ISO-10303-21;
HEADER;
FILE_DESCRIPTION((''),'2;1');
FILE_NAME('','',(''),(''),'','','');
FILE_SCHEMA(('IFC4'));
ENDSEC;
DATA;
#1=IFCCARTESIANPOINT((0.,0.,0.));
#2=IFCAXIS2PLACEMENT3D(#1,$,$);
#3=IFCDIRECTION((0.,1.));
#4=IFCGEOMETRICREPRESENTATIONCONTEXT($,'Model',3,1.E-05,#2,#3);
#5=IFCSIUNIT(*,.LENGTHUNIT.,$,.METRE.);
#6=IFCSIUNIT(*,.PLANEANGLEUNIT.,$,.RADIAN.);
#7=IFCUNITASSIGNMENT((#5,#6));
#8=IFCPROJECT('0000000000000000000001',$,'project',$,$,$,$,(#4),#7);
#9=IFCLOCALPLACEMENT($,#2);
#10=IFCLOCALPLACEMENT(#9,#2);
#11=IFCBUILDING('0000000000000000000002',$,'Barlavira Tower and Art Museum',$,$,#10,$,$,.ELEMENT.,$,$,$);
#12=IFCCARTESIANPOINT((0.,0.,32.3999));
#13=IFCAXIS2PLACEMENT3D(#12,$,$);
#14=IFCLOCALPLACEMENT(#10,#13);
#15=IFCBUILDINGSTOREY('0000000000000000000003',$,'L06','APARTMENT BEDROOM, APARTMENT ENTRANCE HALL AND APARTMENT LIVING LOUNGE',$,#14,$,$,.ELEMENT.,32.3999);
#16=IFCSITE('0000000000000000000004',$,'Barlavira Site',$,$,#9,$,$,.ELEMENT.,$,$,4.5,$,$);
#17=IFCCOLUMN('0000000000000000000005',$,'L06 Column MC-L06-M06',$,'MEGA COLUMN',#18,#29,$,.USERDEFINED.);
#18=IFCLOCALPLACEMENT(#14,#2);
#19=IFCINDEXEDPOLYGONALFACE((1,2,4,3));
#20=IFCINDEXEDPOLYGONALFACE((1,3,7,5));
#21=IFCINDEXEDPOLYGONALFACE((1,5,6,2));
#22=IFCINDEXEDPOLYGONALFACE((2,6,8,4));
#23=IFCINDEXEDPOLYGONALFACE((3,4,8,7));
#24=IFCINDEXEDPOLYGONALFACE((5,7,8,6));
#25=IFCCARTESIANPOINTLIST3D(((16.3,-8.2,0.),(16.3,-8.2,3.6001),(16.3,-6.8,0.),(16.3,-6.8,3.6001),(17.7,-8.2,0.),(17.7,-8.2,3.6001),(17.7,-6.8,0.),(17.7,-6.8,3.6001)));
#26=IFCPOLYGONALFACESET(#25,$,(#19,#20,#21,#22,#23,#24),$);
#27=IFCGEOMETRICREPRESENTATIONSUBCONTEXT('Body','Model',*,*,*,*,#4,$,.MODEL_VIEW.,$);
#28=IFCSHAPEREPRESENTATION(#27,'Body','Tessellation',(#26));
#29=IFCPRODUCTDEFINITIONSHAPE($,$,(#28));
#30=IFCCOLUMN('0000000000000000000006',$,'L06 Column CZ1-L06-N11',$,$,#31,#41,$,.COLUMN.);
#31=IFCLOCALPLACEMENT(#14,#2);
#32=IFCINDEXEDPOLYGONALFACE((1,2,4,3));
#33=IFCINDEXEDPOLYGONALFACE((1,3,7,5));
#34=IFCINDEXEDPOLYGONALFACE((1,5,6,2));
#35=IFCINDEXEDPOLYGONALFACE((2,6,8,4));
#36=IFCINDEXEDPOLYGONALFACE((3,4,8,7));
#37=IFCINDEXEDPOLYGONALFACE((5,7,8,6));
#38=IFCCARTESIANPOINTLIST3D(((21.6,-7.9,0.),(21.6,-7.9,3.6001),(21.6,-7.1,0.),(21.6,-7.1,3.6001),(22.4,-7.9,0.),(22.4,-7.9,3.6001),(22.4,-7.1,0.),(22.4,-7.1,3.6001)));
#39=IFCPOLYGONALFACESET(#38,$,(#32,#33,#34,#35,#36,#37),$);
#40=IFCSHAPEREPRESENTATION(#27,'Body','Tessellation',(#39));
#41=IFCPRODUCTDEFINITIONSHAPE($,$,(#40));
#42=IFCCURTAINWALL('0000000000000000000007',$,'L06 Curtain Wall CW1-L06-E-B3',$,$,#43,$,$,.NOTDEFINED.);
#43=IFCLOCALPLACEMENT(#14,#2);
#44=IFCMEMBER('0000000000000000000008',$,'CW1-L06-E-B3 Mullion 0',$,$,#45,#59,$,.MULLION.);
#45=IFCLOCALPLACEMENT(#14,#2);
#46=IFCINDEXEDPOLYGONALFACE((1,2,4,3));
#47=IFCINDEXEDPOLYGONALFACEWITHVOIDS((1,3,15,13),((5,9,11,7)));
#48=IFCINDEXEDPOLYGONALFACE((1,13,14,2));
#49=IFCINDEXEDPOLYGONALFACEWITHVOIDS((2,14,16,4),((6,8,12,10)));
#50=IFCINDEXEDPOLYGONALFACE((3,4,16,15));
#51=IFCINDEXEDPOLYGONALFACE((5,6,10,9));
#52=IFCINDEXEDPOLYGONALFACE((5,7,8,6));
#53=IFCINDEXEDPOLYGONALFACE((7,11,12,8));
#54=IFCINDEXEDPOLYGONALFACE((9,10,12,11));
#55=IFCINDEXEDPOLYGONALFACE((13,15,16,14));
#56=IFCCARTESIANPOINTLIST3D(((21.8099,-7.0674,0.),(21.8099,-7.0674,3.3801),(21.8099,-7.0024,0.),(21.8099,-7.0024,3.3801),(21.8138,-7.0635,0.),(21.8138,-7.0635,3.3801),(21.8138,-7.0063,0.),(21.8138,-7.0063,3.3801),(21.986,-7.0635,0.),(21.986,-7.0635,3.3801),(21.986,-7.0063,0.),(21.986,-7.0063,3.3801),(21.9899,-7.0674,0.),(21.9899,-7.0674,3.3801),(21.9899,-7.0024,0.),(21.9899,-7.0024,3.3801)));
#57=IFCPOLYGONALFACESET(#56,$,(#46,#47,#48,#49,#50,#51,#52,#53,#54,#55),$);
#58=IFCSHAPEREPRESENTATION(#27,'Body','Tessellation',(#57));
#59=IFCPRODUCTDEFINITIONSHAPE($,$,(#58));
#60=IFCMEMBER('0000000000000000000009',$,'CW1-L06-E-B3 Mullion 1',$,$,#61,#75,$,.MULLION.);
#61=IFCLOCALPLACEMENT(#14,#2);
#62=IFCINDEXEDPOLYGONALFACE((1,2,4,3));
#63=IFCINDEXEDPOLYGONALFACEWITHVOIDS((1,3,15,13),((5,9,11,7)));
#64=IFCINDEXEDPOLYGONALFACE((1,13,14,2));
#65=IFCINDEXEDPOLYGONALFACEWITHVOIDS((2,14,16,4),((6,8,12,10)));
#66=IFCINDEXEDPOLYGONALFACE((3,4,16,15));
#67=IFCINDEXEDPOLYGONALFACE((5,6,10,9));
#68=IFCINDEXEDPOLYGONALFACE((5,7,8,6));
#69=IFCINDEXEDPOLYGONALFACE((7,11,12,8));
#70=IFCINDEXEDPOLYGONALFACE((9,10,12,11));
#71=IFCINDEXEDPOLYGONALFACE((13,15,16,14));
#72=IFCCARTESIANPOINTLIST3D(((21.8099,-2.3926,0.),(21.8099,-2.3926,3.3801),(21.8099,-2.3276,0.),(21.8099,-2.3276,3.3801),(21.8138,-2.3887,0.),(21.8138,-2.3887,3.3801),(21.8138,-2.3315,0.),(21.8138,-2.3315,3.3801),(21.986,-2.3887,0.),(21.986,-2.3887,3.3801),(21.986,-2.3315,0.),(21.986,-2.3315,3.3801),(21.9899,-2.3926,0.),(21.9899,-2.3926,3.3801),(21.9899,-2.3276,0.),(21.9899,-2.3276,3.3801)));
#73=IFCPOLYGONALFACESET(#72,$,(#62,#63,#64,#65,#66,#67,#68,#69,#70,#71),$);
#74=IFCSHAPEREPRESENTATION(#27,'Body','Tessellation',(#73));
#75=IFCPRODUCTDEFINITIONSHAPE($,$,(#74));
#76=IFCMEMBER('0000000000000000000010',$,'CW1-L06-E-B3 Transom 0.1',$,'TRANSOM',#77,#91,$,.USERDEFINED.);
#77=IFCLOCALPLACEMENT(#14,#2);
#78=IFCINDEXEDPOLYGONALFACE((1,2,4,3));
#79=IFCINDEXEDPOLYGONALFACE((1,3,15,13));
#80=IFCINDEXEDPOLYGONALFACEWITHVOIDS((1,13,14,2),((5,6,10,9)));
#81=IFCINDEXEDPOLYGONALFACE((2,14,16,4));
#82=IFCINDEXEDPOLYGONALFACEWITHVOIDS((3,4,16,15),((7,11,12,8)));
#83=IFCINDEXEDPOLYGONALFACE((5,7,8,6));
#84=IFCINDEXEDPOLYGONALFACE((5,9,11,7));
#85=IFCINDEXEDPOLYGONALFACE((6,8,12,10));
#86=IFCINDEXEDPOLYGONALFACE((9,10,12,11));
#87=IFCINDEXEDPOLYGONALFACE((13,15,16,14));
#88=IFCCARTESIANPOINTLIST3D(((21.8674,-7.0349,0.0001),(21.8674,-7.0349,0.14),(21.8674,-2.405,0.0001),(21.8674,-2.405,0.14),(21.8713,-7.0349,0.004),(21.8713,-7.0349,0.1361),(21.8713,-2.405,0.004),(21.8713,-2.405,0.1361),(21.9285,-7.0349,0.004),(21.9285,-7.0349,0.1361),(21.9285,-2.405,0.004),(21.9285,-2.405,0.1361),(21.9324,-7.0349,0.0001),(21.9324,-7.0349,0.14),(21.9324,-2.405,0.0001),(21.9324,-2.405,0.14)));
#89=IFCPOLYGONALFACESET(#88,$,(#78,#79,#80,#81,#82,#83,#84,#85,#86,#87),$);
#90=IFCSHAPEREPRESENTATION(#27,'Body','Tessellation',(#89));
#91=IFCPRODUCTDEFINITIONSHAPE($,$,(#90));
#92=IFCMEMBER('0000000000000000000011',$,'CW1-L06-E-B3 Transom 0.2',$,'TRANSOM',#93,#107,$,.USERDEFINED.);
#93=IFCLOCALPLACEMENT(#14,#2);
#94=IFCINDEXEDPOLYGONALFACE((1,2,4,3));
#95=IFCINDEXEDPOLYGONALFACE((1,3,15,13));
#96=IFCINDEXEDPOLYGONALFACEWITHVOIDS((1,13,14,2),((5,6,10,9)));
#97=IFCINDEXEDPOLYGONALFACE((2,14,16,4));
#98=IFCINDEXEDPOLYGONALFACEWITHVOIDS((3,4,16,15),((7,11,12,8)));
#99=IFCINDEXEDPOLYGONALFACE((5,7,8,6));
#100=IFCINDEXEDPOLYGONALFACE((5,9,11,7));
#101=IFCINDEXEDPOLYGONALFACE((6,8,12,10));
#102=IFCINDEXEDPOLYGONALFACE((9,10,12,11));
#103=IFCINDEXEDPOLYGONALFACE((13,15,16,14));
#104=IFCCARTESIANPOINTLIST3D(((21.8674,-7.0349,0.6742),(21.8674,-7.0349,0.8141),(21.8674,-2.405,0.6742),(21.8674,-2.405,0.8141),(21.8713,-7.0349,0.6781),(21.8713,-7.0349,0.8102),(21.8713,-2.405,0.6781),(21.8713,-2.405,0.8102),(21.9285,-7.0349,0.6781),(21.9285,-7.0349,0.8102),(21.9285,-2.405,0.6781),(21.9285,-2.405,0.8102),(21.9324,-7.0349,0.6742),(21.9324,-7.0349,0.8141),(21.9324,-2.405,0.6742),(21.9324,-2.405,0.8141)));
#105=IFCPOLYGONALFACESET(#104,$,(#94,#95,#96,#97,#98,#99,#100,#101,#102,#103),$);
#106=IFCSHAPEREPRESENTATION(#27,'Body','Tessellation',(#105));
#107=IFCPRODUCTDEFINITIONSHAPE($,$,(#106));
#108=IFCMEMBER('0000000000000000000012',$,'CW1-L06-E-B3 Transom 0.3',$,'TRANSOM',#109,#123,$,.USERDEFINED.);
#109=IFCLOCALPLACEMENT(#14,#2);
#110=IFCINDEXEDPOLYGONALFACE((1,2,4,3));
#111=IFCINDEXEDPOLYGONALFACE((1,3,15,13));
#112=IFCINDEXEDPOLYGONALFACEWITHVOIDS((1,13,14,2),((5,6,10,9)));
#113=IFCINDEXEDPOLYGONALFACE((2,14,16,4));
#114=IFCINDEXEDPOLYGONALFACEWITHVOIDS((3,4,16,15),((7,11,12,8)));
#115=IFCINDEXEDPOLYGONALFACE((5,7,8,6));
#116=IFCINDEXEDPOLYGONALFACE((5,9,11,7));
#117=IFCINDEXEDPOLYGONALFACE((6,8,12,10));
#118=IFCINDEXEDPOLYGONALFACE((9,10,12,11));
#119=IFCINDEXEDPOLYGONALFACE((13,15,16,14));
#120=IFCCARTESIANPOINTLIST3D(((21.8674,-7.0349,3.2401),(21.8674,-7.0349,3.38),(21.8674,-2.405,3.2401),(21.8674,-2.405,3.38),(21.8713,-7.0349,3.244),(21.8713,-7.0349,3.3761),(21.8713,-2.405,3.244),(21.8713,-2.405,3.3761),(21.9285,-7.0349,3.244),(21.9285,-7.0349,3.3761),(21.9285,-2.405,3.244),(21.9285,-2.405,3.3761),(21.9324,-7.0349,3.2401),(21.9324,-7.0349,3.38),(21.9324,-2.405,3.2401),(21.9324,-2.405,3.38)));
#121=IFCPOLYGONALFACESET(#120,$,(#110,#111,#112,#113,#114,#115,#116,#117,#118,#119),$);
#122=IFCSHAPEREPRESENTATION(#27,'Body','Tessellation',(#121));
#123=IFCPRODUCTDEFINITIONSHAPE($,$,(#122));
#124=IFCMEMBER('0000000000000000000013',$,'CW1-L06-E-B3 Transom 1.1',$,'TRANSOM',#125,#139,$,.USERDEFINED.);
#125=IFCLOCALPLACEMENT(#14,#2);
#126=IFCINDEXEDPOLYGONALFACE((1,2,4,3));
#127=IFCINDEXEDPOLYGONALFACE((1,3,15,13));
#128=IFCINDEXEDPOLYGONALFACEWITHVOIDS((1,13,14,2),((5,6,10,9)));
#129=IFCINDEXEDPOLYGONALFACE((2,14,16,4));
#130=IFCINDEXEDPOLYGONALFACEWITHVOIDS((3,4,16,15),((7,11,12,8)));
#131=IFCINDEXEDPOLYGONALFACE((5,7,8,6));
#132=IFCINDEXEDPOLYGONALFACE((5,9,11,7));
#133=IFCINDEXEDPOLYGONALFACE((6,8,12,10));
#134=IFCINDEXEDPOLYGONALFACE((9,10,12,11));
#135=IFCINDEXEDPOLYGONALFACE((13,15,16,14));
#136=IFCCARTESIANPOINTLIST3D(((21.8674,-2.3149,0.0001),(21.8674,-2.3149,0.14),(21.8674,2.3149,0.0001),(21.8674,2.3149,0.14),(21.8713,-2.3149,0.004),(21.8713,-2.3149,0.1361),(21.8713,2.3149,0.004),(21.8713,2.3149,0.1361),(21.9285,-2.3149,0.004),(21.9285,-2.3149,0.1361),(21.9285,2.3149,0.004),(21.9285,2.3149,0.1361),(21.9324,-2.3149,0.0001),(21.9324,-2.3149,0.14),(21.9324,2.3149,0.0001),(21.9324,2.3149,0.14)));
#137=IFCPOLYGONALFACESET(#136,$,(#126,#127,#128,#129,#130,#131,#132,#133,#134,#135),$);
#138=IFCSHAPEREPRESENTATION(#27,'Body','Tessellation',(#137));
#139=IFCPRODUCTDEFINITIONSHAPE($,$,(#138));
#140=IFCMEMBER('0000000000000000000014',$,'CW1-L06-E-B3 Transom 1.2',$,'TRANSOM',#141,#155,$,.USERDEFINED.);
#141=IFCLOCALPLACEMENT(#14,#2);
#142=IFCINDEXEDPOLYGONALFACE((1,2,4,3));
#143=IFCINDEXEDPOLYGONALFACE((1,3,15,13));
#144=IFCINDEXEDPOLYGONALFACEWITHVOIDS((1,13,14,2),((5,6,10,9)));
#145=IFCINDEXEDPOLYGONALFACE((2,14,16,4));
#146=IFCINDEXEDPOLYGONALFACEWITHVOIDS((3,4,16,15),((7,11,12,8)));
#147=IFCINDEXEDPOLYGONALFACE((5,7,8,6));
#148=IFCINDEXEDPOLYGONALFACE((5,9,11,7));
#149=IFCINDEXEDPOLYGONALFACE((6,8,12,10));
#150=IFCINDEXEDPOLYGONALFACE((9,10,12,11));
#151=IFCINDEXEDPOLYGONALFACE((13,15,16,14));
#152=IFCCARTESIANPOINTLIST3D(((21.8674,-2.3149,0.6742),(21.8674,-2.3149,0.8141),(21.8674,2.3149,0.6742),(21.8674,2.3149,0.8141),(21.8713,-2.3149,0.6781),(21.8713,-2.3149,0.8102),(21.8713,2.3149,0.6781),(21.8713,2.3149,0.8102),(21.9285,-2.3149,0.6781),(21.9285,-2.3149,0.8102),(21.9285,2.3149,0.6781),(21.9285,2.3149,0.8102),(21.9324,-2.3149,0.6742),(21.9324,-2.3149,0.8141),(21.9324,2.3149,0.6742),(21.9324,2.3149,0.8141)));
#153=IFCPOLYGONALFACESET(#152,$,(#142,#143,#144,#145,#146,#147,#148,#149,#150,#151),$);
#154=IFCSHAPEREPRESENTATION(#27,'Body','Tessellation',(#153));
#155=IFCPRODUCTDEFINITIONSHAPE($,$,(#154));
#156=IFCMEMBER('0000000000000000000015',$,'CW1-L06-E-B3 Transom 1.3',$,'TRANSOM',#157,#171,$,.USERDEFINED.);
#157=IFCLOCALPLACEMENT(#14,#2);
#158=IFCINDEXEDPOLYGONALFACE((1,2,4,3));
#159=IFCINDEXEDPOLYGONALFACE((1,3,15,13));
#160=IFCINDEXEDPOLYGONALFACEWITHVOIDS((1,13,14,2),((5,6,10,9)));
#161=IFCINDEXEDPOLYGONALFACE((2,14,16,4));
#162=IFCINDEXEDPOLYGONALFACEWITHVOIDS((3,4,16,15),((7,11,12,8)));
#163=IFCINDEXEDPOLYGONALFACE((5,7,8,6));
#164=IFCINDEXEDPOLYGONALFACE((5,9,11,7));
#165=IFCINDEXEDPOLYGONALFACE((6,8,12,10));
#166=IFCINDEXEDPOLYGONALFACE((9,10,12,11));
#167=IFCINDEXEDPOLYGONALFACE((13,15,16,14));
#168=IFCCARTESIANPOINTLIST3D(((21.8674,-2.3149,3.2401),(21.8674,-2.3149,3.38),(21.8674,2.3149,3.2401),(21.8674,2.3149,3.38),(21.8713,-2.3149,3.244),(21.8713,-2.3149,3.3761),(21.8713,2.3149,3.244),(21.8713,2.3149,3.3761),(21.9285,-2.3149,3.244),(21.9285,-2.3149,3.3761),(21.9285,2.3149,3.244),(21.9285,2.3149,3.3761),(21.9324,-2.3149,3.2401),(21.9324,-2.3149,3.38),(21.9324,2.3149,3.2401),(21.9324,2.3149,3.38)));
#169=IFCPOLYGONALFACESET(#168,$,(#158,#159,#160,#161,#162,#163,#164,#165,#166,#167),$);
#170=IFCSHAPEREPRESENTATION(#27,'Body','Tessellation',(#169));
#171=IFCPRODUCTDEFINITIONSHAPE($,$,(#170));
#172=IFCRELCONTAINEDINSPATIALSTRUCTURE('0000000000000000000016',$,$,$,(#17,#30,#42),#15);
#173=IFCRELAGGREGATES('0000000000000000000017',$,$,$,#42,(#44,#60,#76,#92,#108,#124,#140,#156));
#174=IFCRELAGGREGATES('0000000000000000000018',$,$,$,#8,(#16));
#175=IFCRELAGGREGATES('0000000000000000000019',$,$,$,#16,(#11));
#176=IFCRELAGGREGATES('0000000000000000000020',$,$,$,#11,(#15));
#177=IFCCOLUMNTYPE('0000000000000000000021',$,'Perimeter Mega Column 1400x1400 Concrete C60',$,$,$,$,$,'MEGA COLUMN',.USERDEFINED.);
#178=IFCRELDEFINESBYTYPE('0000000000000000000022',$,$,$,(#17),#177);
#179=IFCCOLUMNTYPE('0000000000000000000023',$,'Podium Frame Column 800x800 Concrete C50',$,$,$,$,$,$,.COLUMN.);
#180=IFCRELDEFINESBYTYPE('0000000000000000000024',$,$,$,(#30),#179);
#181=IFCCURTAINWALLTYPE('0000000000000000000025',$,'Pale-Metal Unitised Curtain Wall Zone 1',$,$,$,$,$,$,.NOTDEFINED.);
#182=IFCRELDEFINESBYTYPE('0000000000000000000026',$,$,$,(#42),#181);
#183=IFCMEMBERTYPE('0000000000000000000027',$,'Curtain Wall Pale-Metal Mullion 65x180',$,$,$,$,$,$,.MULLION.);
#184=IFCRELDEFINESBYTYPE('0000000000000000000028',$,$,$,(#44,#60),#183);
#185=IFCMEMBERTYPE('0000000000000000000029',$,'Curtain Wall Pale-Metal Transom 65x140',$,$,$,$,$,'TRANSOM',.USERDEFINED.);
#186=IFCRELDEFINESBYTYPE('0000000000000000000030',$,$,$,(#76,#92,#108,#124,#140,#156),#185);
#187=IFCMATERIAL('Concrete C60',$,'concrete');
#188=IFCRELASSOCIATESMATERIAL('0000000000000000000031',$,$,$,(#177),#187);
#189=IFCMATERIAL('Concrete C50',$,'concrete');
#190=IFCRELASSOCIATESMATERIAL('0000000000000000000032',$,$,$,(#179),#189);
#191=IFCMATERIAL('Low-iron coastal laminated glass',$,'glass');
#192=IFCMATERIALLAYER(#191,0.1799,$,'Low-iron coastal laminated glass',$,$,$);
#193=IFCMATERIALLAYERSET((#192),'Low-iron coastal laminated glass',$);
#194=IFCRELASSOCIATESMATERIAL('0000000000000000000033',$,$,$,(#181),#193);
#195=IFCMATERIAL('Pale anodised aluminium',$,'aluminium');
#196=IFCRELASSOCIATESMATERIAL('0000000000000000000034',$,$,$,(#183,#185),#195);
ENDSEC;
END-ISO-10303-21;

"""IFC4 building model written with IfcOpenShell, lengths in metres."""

from ifc_helpers import new_model, si_unit, direction, frame, origin, origin_2d, place, context, subcontext, project, spatial, rectangle, hollow_rectangle, extrude, material, layer, layer_set, material_profile, profile_set, type_object, element, aggregate, save


model = new_model("IFC4")

# Units and contexts
model_context = context("Model", 3, precision=1e-05, world=origin(), true_north=direction((0.0, 1.0)))
body_context = subcontext(model_context, "Body", "Model", "MODEL_VIEW")
ifc_project = project(units=[si_unit("LENGTHUNIT", "METRE"), si_unit("PLANEANGLEUNIT", "RADIAN")], contexts=[model_context])

# Site, building, storey
site_placement = place(None, origin())
site = spatial("IfcSite", under=ifc_project, at=site_placement, Name="Barlavira Site", CompositionType="ELEMENT", RefElevation=4.5)
building_placement = place(site_placement, origin())
building = spatial("IfcBuilding", under=site, at=building_placement, Name="Barlavira Tower and Art Museum", CompositionType="ELEMENT")
storey_placement = place(building_placement, frame((0.0, 0.0, 32.3999)))
storey = spatial("IfcBuildingStorey", under=building, at=storey_placement, Name="L06", Description="APARTMENT BEDROOM, APARTMENT ENTRANCE HALL AND APARTMENT LIVING LOUNGE", CompositionType="ELEMENT", Elevation=32.3999)

# Columns
ifc_material_1 = material(Name="Concrete C60", Category="concrete")
ifc_material_profile_1 = material_profile(ifc_material_1, rectangle(XDim=1.3999, YDim=1.3999, at=origin_2d()), Name="RC-MCOL 1400x1400")
ifc_profile_set_1 = profile_set([ifc_material_profile_1], Name="Concrete C60")
column_type_1 = type_object("IfcColumnType", Name="Perimeter Mega Column 1400x1400 Concrete C60", ElementType="MEGA COLUMN", PredefinedType="USERDEFINED", material=ifc_profile_set_1)
column_1_placement = place(storey_placement, frame((17.0, -7.5, 0.0), z_axis=(0.0, 0.0, 1.0), x_axis=(1.0, 0.0, 0.0)))
element("IfcColumn", 1, at=column_1_placement, inside=storey, type_object=column_type_1, Name="L06 Column MC-L06-M06", ObjectType="MEGA COLUMN", PredefinedType="USERDEFINED", context=body_context, shape_type="SweptSolid", body=[
    extrude(rectangle(XDim=1.3999, YDim=1.3999, at=origin_2d()), origin(), (0.0, 0.0, 1.0), 3.6001),
])
ifc_material_2 = material(Name="Concrete C50", Category="concrete")
ifc_material_profile_2 = material_profile(ifc_material_2, rectangle(XDim=0.8, YDim=0.8, at=origin_2d()), Name="RC-COL 800x800")
ifc_profile_set_2 = profile_set([ifc_material_profile_2], Name="Concrete C50")
column_type_2 = type_object("IfcColumnType", Name="Podium Frame Column 800x800 Concrete C50", PredefinedType="COLUMN", material=ifc_profile_set_2)
column_2_placement = place(storey_placement, frame((22.0, -7.5, 0.0), z_axis=(0.0, 0.0, 1.0), x_axis=(1.0, 0.0, 0.0)))
element("IfcColumn", 2, at=column_2_placement, inside=storey, type_object=column_type_2, Name="L06 Column CZ1-L06-N11", PredefinedType="COLUMN", context=body_context, shape_type="SweptSolid", body=[
    extrude(rectangle(XDim=0.8, YDim=0.8, at=origin_2d()), origin(), (0.0, 0.0, 1.0), 3.6001),
])

# Curtain wall, members
ifc_material_3 = material(Name="Low-iron coastal laminated glass", Category="glass")
ifc_layer_1 = layer(ifc_material_3, 0.1799, Name="Low-iron coastal laminated glass")
ifc_layer_set_1 = layer_set([ifc_layer_1], Name="Low-iron coastal laminated glass")
curtain_wall_type = type_object("IfcCurtainWallType", Name="Pale-Metal Unitised Curtain Wall Zone 1", PredefinedType="NOTDEFINED", material=ifc_layer_set_1)
curtain_wall_placement = place(storey_placement, origin())
curtain_wall = element("IfcCurtainWall", 3, at=curtain_wall_placement, inside=storey, type_object=curtain_wall_type, Name="L06 Curtain Wall CW1-L06-E-B3", PredefinedType="NOTDEFINED")
ifc_material_4 = material(Name="Pale anodised aluminium", Category="aluminium")
ifc_material_profile_3 = material_profile(ifc_material_4, hollow_rectangle(XDim=0.0649, YDim=0.1799, WallThickness=0.0039, at=origin_2d()), Name="ALU-MULL 65x180x4")
ifc_profile_set_3 = profile_set([ifc_material_profile_3], Name="Pale anodised aluminium")
member_type_1 = type_object("IfcMemberType", Name="Curtain Wall Pale-Metal Mullion 65x180", PredefinedType="MULLION", material=ifc_profile_set_3)
member_1_placement = place(storey_placement, frame((21.8999, -7.0349, 0.0), z_axis=(0.0, 0.0, 1.0), x_axis=(0.0, 1.0, 0.0)))
member_1 = element("IfcMember", 4, at=member_1_placement, type_object=member_type_1, Name="CW1-L06-E-B3 Mullion 0", PredefinedType="MULLION", context=body_context, shape_type="SweptSolid", body=[
    extrude(hollow_rectangle(XDim=0.0649, YDim=0.1799, WallThickness=0.0039, at=origin_2d()), origin(), (0.0, 0.0, 1.0), 3.3801),
])
member_2_placement = place(storey_placement, frame((21.8999, -2.3601, 0.0), z_axis=(0.0, 0.0, 1.0), x_axis=(0.0, 1.0, 0.0)))
member_2 = element("IfcMember", 5, at=member_2_placement, type_object=member_type_1, Name="CW1-L06-E-B3 Mullion 1", PredefinedType="MULLION", context=body_context, shape_type="SweptSolid", body=[
    extrude(hollow_rectangle(XDim=0.0649, YDim=0.1799, WallThickness=0.0039, at=origin_2d()), origin(), (0.0, 0.0, 1.0), 3.3801),
])
ifc_material_profile_4 = material_profile(ifc_material_4, hollow_rectangle(XDim=0.0649, YDim=0.1399, WallThickness=0.0039, at=origin_2d()), Name="ALU-TRAN 65x140x4")
ifc_profile_set_4 = profile_set([ifc_material_profile_4], Name="Pale anodised aluminium")
member_type_2 = type_object("IfcMemberType", Name="Curtain Wall Pale-Metal Transom 65x140", ElementType="TRANSOM", PredefinedType="USERDEFINED", material=ifc_profile_set_4)
member_3_placement = place(storey_placement, frame((21.8999, -7.0349, 0.0701), z_axis=(0.0, 1.0, 0.0), x_axis=(-1.0, 0.0, 0.0)))
member_3 = element("IfcMember", 6, at=member_3_placement, type_object=member_type_2, Name="CW1-L06-E-B3 Transom 0.1", ObjectType="TRANSOM", PredefinedType="USERDEFINED", context=body_context, shape_type="SweptSolid", body=[
    extrude(hollow_rectangle(XDim=0.0649, YDim=0.1399, WallThickness=0.0039, at=origin_2d()), origin(), (0.0, 0.0, 1.0), 4.6299),
])
member_4_placement = place(storey_placement, frame((21.8999, -7.0349, 0.7441), z_axis=(0.0, 1.0, 0.0), x_axis=(-1.0, 0.0, 0.0)))
member_4 = element("IfcMember", 7, at=member_4_placement, type_object=member_type_2, Name="CW1-L06-E-B3 Transom 0.2", ObjectType="TRANSOM", PredefinedType="USERDEFINED", context=body_context, shape_type="SweptSolid", body=[
    extrude(hollow_rectangle(XDim=0.0649, YDim=0.1399, WallThickness=0.0039, at=origin_2d()), origin(), (0.0, 0.0, 1.0), 4.6299),
])
member_5_placement = place(storey_placement, frame((21.8999, -7.0349, 3.3101), z_axis=(0.0, 1.0, 0.0), x_axis=(-1.0, 0.0, 0.0)))
member_5 = element("IfcMember", 8, at=member_5_placement, type_object=member_type_2, Name="CW1-L06-E-B3 Transom 0.3", ObjectType="TRANSOM", PredefinedType="USERDEFINED", context=body_context, shape_type="SweptSolid", body=[
    extrude(hollow_rectangle(XDim=0.0649, YDim=0.1399, WallThickness=0.0039, at=origin_2d()), origin(), (0.0, 0.0, 1.0), 4.6299),
])
member_6_placement = place(storey_placement, frame((21.8999, -2.3149, 0.0701), z_axis=(0.0, 1.0, 0.0), x_axis=(-1.0, 0.0, 0.0)))
member_6 = element("IfcMember", 9, at=member_6_placement, type_object=member_type_2, Name="CW1-L06-E-B3 Transom 1.1", ObjectType="TRANSOM", PredefinedType="USERDEFINED", context=body_context, shape_type="SweptSolid", body=[
    extrude(hollow_rectangle(XDim=0.0649, YDim=0.1399, WallThickness=0.0039, at=origin_2d()), origin(), (0.0, 0.0, 1.0), 4.6299),
])
member_7_placement = place(storey_placement, frame((21.8999, -2.3149, 0.7441), z_axis=(0.0, 1.0, 0.0), x_axis=(-1.0, 0.0, 0.0)))
member_7 = element("IfcMember", 10, at=member_7_placement, type_object=member_type_2, Name="CW1-L06-E-B3 Transom 1.2", ObjectType="TRANSOM", PredefinedType="USERDEFINED", context=body_context, shape_type="SweptSolid", body=[
    extrude(hollow_rectangle(XDim=0.0649, YDim=0.1399, WallThickness=0.0039, at=origin_2d()), origin(), (0.0, 0.0, 1.0), 4.6299),
])
member_8_placement = place(storey_placement, frame((21.8999, -2.3149, 3.3101), z_axis=(0.0, 1.0, 0.0), x_axis=(-1.0, 0.0, 0.0)))
member_8 = element("IfcMember", 11, at=member_8_placement, type_object=member_type_2, Name="CW1-L06-E-B3 Transom 1.3", ObjectType="TRANSOM", PredefinedType="USERDEFINED", context=body_context, shape_type="SweptSolid", body=[
    extrude(hollow_rectangle(XDim=0.0649, YDim=0.1399, WallThickness=0.0039, at=origin_2d()), origin(), (0.0, 0.0, 1.0), 4.6299),
])

aggregate(curtain_wall, [member_1, member_2, member_3, member_4, member_5, member_6, member_7, member_8])

save(model, "model.ifc")
